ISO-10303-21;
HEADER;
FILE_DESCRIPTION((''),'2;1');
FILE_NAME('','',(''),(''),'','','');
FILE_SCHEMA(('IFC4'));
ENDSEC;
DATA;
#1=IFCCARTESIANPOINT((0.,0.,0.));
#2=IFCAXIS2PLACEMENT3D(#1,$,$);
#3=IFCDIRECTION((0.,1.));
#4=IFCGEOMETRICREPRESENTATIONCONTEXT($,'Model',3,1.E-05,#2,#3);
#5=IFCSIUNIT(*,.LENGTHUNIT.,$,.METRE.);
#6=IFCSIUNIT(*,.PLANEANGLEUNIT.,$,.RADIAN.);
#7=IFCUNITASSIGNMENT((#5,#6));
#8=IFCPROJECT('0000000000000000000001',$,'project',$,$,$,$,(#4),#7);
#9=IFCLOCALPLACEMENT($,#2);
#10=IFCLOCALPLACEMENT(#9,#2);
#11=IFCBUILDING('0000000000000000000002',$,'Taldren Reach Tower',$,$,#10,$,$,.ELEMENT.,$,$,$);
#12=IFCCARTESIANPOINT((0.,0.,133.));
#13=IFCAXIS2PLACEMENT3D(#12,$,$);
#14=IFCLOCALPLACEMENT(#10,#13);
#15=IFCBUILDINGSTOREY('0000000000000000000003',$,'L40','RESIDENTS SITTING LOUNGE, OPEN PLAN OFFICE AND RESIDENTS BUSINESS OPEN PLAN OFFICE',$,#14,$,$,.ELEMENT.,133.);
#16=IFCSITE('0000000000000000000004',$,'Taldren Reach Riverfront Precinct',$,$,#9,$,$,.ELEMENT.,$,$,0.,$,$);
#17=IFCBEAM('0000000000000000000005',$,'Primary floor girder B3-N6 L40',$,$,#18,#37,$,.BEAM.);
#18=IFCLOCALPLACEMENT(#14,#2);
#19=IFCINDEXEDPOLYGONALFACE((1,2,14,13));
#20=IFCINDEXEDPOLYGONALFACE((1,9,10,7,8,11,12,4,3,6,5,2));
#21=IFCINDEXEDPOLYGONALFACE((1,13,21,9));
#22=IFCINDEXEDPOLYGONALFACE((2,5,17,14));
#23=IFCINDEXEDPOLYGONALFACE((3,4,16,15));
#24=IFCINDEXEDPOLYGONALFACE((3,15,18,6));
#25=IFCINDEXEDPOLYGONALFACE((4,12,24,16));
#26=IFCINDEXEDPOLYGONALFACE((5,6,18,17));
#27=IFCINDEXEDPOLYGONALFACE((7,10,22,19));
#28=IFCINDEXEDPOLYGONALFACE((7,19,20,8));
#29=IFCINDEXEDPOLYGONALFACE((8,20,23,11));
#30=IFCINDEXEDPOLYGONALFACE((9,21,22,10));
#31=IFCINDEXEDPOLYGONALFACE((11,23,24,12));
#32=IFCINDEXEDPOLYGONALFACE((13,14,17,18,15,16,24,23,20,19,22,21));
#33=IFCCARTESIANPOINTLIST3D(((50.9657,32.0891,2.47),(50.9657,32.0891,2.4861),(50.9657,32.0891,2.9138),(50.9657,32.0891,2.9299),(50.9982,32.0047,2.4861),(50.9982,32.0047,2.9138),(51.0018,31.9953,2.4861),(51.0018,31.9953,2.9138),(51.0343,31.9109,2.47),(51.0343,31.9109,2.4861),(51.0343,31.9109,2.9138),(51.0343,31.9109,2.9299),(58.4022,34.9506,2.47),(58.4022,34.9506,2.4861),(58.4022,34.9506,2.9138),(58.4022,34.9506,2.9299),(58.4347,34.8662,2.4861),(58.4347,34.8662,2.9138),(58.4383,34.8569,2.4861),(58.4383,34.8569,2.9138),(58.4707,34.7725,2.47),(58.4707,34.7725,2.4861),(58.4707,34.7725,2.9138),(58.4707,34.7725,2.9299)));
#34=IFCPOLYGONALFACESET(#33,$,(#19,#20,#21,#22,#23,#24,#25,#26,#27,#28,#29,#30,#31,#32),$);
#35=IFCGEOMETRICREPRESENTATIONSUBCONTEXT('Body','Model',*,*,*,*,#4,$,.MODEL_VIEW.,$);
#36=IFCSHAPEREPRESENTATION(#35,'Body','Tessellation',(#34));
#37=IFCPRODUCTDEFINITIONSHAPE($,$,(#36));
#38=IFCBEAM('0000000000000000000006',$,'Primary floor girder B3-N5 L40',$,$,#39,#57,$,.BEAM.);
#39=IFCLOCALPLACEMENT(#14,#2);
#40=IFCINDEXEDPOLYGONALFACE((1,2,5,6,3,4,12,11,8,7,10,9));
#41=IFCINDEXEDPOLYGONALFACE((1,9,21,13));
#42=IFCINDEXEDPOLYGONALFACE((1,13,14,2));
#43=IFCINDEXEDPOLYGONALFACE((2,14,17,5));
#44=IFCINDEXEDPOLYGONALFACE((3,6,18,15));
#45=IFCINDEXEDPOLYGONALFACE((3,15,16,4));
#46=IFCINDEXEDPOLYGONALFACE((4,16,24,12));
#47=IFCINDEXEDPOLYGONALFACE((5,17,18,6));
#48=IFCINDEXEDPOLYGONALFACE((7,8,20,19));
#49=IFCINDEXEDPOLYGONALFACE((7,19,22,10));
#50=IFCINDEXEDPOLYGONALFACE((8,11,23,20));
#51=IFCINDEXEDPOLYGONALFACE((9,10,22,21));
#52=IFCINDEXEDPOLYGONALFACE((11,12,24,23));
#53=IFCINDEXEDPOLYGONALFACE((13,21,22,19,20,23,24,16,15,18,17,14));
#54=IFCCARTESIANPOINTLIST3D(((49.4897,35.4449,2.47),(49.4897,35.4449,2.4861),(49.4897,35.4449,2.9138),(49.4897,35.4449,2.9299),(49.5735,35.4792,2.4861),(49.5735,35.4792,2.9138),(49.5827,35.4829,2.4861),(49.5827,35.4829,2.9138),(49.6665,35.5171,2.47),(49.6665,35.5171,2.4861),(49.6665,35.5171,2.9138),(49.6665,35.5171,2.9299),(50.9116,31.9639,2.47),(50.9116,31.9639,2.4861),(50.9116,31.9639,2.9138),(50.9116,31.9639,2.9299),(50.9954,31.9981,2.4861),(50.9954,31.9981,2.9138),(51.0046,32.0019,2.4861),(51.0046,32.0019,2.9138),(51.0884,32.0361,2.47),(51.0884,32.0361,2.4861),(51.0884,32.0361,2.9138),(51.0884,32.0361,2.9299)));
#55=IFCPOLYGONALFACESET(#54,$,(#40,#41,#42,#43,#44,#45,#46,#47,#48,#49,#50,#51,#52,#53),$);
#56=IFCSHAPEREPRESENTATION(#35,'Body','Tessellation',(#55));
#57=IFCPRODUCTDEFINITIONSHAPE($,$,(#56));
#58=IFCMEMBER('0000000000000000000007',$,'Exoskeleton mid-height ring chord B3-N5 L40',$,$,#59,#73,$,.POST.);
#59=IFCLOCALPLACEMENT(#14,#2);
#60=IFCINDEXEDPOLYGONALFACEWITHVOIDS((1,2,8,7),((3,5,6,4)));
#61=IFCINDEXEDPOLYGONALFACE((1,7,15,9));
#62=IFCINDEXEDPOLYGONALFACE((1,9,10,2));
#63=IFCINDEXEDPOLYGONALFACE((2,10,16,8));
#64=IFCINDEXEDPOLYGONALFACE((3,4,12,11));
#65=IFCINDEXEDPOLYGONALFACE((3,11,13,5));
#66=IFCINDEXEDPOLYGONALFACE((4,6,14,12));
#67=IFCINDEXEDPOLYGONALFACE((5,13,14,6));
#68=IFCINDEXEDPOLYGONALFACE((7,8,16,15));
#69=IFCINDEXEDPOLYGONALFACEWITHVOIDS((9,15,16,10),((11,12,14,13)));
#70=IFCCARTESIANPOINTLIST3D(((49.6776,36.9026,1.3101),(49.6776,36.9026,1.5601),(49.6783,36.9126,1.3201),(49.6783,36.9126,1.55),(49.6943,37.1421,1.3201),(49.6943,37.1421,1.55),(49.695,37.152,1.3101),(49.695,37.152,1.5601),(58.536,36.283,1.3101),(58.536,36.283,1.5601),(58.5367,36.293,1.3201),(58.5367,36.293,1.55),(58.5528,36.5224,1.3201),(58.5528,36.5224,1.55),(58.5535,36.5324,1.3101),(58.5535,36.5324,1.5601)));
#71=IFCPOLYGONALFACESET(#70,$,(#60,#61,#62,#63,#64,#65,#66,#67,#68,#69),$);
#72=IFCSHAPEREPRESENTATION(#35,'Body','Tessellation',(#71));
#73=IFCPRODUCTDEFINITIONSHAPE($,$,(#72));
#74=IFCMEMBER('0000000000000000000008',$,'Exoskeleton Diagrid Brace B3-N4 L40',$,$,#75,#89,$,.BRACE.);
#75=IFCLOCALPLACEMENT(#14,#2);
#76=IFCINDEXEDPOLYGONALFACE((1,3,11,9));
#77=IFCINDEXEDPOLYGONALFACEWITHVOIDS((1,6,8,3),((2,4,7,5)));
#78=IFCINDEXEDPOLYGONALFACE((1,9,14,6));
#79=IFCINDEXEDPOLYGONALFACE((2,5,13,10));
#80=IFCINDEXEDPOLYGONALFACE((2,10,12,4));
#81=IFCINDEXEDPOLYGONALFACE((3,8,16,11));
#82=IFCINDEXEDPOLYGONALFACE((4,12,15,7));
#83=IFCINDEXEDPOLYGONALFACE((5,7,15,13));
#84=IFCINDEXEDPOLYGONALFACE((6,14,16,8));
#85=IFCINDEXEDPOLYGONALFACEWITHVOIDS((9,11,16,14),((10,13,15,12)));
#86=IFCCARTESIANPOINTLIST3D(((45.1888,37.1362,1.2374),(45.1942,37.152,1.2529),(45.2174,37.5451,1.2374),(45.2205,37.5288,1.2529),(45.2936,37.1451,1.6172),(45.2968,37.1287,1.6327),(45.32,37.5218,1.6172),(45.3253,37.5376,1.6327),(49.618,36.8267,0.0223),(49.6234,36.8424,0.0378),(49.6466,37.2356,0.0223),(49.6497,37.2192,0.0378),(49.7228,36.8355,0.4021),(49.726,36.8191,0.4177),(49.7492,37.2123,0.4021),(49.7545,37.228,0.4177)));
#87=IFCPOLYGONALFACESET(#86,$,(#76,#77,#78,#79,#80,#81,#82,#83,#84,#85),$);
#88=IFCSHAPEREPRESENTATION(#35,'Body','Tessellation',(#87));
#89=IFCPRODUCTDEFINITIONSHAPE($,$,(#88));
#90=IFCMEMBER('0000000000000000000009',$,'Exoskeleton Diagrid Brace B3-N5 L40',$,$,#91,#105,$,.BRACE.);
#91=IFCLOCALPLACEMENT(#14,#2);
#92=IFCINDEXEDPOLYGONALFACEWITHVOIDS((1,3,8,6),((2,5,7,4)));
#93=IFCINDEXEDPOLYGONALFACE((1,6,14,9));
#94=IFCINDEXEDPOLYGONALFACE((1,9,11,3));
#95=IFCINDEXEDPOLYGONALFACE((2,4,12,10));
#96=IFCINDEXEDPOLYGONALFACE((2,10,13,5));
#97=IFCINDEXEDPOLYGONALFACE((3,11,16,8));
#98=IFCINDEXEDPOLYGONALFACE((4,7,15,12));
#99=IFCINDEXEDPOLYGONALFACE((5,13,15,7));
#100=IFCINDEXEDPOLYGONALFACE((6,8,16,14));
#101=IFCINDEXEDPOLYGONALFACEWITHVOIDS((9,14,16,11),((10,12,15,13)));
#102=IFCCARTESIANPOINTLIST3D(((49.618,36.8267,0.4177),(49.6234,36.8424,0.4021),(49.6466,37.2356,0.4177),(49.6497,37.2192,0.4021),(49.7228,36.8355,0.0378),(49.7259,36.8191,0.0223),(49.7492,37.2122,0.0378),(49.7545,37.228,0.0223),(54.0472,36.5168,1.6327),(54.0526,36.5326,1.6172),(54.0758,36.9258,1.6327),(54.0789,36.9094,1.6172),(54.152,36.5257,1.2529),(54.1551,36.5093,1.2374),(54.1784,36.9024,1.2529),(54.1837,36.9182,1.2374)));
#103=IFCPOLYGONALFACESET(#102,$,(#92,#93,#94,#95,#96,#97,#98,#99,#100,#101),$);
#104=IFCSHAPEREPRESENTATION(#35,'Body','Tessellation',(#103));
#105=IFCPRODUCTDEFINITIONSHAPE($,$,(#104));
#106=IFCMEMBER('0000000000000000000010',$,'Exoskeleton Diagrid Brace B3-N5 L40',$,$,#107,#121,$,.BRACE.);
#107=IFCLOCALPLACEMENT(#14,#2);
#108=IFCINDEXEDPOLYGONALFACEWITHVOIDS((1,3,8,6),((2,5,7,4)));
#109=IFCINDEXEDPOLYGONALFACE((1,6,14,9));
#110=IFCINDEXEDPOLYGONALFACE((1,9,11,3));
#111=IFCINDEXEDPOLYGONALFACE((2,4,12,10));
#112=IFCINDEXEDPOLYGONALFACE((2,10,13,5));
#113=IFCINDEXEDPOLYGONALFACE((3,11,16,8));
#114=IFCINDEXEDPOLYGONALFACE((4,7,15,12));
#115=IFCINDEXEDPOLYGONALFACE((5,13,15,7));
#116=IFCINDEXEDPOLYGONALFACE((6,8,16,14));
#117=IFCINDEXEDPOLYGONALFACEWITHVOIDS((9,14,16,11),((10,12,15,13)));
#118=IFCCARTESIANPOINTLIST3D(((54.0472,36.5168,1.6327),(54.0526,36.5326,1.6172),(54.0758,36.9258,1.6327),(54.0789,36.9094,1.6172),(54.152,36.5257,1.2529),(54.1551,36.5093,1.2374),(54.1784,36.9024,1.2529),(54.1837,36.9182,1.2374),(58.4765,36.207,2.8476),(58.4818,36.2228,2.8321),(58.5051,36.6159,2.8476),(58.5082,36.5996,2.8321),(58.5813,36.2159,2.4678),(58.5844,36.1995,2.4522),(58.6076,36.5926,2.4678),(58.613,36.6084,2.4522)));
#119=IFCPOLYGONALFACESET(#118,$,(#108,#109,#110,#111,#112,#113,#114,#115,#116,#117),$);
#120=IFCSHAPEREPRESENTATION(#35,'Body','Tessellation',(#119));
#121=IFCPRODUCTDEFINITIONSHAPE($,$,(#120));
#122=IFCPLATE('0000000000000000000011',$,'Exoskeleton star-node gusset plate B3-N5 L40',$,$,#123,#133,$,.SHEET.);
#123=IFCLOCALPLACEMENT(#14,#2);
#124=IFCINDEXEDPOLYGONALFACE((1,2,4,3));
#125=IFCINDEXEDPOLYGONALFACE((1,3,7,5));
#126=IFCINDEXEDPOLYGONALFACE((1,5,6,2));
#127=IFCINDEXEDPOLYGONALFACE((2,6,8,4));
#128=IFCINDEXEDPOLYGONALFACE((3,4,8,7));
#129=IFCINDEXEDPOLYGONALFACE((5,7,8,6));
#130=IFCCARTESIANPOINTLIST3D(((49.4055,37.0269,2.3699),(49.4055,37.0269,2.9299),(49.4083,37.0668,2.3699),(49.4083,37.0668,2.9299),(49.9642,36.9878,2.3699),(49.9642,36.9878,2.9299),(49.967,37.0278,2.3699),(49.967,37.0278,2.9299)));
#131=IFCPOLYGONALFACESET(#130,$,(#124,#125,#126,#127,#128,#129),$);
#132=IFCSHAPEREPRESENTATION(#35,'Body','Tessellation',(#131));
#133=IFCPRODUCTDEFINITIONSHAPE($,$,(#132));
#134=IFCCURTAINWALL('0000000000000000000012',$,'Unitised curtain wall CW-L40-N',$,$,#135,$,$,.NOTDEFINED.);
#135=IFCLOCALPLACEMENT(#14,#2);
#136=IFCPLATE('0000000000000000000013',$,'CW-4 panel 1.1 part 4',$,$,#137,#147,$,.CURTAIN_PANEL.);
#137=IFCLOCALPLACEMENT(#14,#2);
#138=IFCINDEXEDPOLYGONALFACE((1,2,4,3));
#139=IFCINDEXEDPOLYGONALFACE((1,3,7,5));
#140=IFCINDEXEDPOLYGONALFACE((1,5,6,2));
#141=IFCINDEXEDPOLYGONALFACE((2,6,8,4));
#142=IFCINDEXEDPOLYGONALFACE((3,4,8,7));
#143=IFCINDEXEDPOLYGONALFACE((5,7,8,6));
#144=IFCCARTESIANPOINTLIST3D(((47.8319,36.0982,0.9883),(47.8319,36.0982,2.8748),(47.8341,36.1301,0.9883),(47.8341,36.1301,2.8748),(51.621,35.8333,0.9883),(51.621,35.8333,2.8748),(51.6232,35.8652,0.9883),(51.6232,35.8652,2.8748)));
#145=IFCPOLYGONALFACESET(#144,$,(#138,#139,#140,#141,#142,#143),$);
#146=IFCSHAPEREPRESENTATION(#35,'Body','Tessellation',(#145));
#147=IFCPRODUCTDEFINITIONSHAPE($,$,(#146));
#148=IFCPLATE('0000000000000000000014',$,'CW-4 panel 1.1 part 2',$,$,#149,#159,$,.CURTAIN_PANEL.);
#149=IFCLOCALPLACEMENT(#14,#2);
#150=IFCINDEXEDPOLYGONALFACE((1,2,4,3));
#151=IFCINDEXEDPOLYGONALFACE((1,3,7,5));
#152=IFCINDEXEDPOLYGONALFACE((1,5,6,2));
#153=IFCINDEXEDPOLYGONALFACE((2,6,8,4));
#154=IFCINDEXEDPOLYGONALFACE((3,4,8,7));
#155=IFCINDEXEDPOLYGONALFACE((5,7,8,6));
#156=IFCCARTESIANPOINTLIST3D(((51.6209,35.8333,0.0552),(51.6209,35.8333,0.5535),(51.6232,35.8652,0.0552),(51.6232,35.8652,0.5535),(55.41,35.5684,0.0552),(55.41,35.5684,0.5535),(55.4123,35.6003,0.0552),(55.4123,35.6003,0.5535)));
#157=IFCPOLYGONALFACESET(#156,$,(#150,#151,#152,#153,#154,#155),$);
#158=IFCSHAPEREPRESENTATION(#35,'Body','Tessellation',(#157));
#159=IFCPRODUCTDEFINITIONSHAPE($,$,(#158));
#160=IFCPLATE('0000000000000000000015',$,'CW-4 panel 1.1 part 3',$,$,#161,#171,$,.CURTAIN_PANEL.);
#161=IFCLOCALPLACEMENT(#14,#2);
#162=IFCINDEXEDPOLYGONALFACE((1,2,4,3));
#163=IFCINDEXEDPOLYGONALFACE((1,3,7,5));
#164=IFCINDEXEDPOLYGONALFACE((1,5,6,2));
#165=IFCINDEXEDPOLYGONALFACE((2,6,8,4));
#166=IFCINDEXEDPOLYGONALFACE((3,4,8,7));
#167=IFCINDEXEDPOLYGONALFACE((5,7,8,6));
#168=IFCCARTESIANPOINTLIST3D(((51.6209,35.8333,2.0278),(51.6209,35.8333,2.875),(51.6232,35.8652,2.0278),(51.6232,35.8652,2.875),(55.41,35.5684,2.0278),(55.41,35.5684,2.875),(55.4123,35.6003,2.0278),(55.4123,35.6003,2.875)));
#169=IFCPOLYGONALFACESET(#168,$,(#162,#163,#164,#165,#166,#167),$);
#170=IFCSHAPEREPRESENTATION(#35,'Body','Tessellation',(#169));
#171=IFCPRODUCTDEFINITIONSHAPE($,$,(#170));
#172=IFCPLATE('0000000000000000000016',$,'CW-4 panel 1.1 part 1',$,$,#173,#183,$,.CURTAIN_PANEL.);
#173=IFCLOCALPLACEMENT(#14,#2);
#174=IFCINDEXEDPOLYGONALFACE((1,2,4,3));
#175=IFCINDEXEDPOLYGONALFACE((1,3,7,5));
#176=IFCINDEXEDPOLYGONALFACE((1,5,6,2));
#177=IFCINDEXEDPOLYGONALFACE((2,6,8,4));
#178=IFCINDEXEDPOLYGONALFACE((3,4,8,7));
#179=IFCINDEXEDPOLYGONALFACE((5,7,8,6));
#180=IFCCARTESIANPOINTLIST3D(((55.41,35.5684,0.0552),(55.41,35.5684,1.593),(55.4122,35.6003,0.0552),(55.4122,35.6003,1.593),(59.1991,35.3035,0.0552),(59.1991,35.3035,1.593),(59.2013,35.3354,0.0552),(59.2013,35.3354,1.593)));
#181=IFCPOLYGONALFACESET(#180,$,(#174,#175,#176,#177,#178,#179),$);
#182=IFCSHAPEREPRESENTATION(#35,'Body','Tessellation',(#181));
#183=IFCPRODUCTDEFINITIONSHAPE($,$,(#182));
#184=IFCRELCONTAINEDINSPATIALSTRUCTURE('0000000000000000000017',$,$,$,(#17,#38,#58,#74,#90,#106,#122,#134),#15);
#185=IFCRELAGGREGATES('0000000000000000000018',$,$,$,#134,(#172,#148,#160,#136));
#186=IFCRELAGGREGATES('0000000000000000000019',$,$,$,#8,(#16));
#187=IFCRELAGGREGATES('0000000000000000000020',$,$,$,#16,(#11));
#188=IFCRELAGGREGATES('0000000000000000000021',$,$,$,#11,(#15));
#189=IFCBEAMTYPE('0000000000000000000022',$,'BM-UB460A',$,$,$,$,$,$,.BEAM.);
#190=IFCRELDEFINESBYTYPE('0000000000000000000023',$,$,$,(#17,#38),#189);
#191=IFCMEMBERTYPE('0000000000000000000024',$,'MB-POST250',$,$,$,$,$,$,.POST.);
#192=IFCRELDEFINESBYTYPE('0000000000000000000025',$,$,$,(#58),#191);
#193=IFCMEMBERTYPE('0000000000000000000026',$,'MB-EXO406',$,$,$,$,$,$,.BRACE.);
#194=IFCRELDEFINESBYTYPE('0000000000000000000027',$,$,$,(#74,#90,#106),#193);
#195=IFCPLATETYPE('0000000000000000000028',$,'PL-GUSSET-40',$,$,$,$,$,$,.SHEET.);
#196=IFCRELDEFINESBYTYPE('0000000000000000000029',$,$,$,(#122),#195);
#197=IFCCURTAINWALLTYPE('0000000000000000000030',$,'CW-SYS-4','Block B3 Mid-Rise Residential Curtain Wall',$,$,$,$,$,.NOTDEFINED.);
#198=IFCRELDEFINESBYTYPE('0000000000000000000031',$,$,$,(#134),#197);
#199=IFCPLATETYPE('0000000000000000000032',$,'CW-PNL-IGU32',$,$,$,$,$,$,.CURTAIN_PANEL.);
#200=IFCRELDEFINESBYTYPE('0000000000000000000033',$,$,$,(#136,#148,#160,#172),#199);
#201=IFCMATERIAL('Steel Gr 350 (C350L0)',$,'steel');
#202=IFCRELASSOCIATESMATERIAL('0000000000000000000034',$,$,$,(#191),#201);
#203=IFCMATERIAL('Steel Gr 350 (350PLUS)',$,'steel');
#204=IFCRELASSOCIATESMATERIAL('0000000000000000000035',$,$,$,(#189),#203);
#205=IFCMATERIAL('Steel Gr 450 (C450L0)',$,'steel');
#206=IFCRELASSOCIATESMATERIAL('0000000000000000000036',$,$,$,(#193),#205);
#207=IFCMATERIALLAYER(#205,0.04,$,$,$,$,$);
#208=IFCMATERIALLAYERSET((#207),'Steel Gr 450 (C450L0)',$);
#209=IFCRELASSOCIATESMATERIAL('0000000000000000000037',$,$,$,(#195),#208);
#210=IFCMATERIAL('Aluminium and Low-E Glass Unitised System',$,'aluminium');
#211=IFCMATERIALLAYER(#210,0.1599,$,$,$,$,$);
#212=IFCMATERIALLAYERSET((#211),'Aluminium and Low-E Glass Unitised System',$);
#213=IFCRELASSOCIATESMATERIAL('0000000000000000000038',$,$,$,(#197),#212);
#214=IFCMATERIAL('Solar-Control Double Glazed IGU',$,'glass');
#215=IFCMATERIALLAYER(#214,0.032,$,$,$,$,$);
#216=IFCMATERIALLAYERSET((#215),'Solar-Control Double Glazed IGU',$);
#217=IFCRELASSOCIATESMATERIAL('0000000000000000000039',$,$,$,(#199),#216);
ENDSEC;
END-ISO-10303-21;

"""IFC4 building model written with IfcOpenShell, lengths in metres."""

from ifc_helpers import new_model, si_unit, direction, frame, origin, origin_2d, place, context, subcontext, project, spatial, rectangle, hollow_rectangle, i_section, extrude, source, transform, mapped, material, layer, layer_set, material_profile, profile_set, type_object, element, aggregate, save


model = new_model("IFC4")

# Units and contexts
model_context = context("Model", 3, precision=1e-05, world=origin(), true_north=direction((0.0, 1.0)))
body_context = subcontext(model_context, "Body", "Model", "MODEL_VIEW")
ifc_project = project(units=[si_unit("LENGTHUNIT", "METRE"), si_unit("PLANEANGLEUNIT", "RADIAN")], contexts=[model_context])

# Site, building, storey
site_placement = place(None, origin())
site = spatial("IfcSite", under=ifc_project, at=site_placement, Name="Taldren Reach Riverfront Precinct", CompositionType="ELEMENT", RefElevation=0.0)
building_placement = place(site_placement, origin())
building = spatial("IfcBuilding", under=site, at=building_placement, Name="Taldren Reach Tower", CompositionType="ELEMENT")
storey_placement = place(building_placement, frame((0.0, 0.0, 133.0)))
storey = spatial("IfcBuildingStorey", under=building, at=storey_placement, Name="L40", Description="RESIDENTS SITTING LOUNGE, OPEN PLAN OFFICE AND RESIDENTS BUSINESS OPEN PLAN OFFICE", CompositionType="ELEMENT", Elevation=133.0)

# Shared definitions
ifc_material_1 = material(Name="Steel Gr 450 (C450L0)", Category="steel")
ifc_material_2 = material(Name="Steel Gr 350 (350PLUS)", Category="steel")

# Shared definitions
ifc_material_3 = material(Name="Steel Gr 350 (C350L0)", Category="steel")
ifc_material_profile_1 = material_profile(ifc_material_3, hollow_rectangle(XDim=0.25, YDim=0.25, WallThickness=0.01, at=origin_2d()), Name="250x250x10.0SHS")
ifc_profile_set_1 = profile_set([ifc_material_profile_1], Name="Steel Gr 350 (C350L0)")
member_type_1 = type_object("IfcMemberType", Name="MB-POST250", PredefinedType="POST", material=ifc_profile_set_1)

# Beams
ifc_material_profile_2 = material_profile(ifc_material_2, i_section(OverallWidth=0.1909, OverallDepth=0.46, WebThickness=0.01, FlangeThickness=0.0161, at=origin_2d()), Name="460UB82.1")
ifc_profile_set_2 = profile_set([ifc_material_profile_2], Name="Steel Gr 350 (350PLUS)")
beam_type_1 = type_object("IfcBeamType", Name="BM-UB460A", PredefinedType="BEAM", material=ifc_profile_set_2)
shared_shape_1 = source(origin(), body_context, "Body", "SweptSolid", [
    extrude(i_section(OverallWidth=0.1909, OverallDepth=0.46, WebThickness=0.01, FlangeThickness=0.0161, at=origin_2d()), origin(), (0.0, 0.0, 1.0), 7.968),
])
beam_1_placement = place(storey_placement, frame((51.0, 32.0, 2.7), z_axis=(0.933288, 0.359129, 0.0), x_axis=(-0.359129, 0.933288, 0.0)))
element("IfcBeam", 1, at=beam_1_placement, inside=storey, type_object=beam_type_1, Name="Primary floor girder B3-N6 L40", PredefinedType="BEAM", context=body_context, shape_type="MappedRepresentation", body=[
    mapped(shared_shape_1, transform((0.0, 0.0, 0.0), scale=1.0)),
])
shared_shape_2 = source(origin(), body_context, "Body", "SweptSolid", [
    extrude(i_section(OverallWidth=0.1909, OverallDepth=0.46, WebThickness=0.01, FlangeThickness=0.0161, at=origin_2d()), origin(), (0.0, 0.0, 1.0), 3.7603),
])
beam_2_placement = place(storey_placement, frame((51.0, 32.0, 2.7), z_axis=(-0.378142, 0.925747, 0.0), x_axis=(-0.925747, -0.378142, 0.0)))
element("IfcBeam", 2, at=beam_2_placement, inside=storey, type_object=beam_type_1, Name="Primary floor girder B3-N5 L40", PredefinedType="BEAM", context=body_context, shape_type="MappedRepresentation", body=[
    mapped(shared_shape_2, transform((0.0, 0.0, 0.0), scale=1.0)),
])

# Members
shared_shape_3 = source(origin(), body_context, "Body", "SweptSolid", [
    extrude(hollow_rectangle(XDim=0.25, YDim=0.25, WallThickness=0.01, at=origin_2d()), origin(), (0.0, 0.0, 1.0), 8.8801),
])
member_1_placement = place(storey_placement, frame((49.6863, 37.0273, 1.4351), z_axis=(0.997563, -0.069778, 0.0), x_axis=(0.069778, 0.997563, 0.0)))
element("IfcMember", 3, at=member_1_placement, inside=storey, type_object=member_type_1, Name="Exoskeleton mid-height ring chord B3-N5 L40", PredefinedType="POST", context=body_context, shape_type="MappedRepresentation", body=[
    mapped(shared_shape_3, transform((0.0, 0.0, 0.0), scale=1.0)),
])
ifc_material_profile_3 = material_profile(ifc_material_1, hollow_rectangle(XDim=0.4099, YDim=0.4099, WallThickness=0.0161, at=origin_2d()), Name="410x410x16.0SHS")
ifc_profile_set_3 = profile_set([ifc_material_profile_3], Name="Steel Gr 450 (C450L0)")
member_type_2 = type_object("IfcMemberType", Name="MB-EXO406", PredefinedType="BRACE", material=ifc_profile_set_3)
shared_shape_4 = source(origin(), body_context, "Body", "SweptSolid", [
    extrude(hollow_rectangle(XDim=0.4099, YDim=0.4099, WallThickness=0.0161, at=origin_2d()), origin(), (0.0, 0.0, 1.0), 4.6033),
])
for number, where, z_axis, x_axis, name in (
    (4, (49.6863, 37.0273, 0.22), (-0.962186, 0.06725, 0.263962), (-0.069723, -0.997566, 0.0), "Exoskeleton Diagrid Brace B3-N4 L40"),
    (5, (49.6863, 37.0273, 0.22), (0.962182, -0.067303, 0.263961), (0.069778, 0.997563, 0.0), "Exoskeleton Diagrid Brace B3-N5 L40"),
    (6, (54.1155, 36.7175, 1.4351), (0.962196, -0.067304, 0.263912), (0.069778, 0.997563, 0.0), "Exoskeleton Diagrid Brace B3-N5 L40"),
):
    element("IfcMember", number, at=place(storey_placement, frame(where, z_axis=z_axis, x_axis=x_axis)), inside=storey, type_object=member_type_2, Name=name, PredefinedType="BRACE", context=body_context, shape_type="MappedRepresentation", body=[
        mapped(shared_shape_4, transform((0.0, 0.0, 0.0), scale=1.0)),
    ])

# Plate
ifc_layer_1 = layer(ifc_material_1, 0.04)
ifc_layer_set_1 = layer_set([ifc_layer_1], Name="Steel Gr 450 (C450L0)")
plate_type_1 = type_object("IfcPlateType", Name="PL-GUSSET-40", PredefinedType="SHEET", material=ifc_layer_set_1)
shared_shape_5 = source(origin(), body_context, "Body", "SweptSolid", [
    extrude(rectangle(XDim=0.5601, YDim=0.04, at=origin_2d()), origin(), (0.0, 0.0, 1.0), 0.5601),
])
plate_1_placement = place(storey_placement, frame((49.6863, 37.0273, 2.3699), z_axis=(0.0, 0.0, 1.0), x_axis=(0.997564, -0.069756, 0.0)))
element("IfcPlate", 7, at=plate_1_placement, inside=storey, type_object=plate_type_1, Name="Exoskeleton star-node gusset plate B3-N5 L40", PredefinedType="SHEET", context=body_context, shape_type="MappedRepresentation", body=[
    mapped(shared_shape_5, transform((0.0, 0.0, 0.0), scale=1.0)),
])

# Curtain wall, plates
ifc_material_4 = material(Name="Aluminium and Low-E Glass Unitised System", Category="aluminium")
ifc_layer_2 = layer(ifc_material_4, 0.1599)
ifc_layer_set_2 = layer_set([ifc_layer_2], Name="Aluminium and Low-E Glass Unitised System")
curtain_wall_type = type_object("IfcCurtainWallType", Name="CW-SYS-4", Description="Block B3 Mid-Rise Residential Curtain Wall", PredefinedType="NOTDEFINED", material=ifc_layer_set_2)
curtain_wall_placement = place(storey_placement, origin())
curtain_wall = element("IfcCurtainWall", 8, at=curtain_wall_placement, inside=storey, type_object=curtain_wall_type, Name="Unitised curtain wall CW-L40-N", PredefinedType="NOTDEFINED")
ifc_material_5 = material(Name="Solar-Control Double Glazed IGU", Category="glass")
ifc_layer_3 = layer(ifc_material_5, 0.032)
ifc_layer_set_3 = layer_set([ifc_layer_3], Name="Solar-Control Double Glazed IGU")
plate_type_2 = type_object("IfcPlateType", Name="CW-PNL-IGU32", PredefinedType="CURTAIN_PANEL", material=ifc_layer_set_3)
shared_shape_6 = source(origin(), body_context, "Body", "SweptSolid", [
    extrude(rectangle(XDim=3.7983, YDim=0.032, at=origin_2d()), origin(), (0.0, 0.0, 1.0), 1.8865),
])
plate_2_placement = place(storey_placement, frame((49.7275, 35.9817, 0.9883), z_axis=(0.0, 0.0, 1.0), x_axis=(-0.997564, 0.069757, 0.0)))
plate_2 = element("IfcPlate", 9, at=plate_2_placement, type_object=plate_type_2, Name="CW-4 panel 1.1 part 4", PredefinedType="CURTAIN_PANEL", context=body_context, shape_type="MappedRepresentation", body=[
    mapped(shared_shape_6, transform((0.0, 0.0, 0.0), scale=1.0)),
])
shared_shape_7 = source(origin(), body_context, "Body", "SweptSolid", [
    extrude(rectangle(XDim=3.7983, YDim=0.032, at=origin_2d()), origin(), (0.0, 0.0, 1.0), 0.4983),
])
plate_3_placement = place(storey_placement, frame((53.5166, 35.7168, 0.0552), z_axis=(0.0, 0.0, 1.0), x_axis=(-0.997564, 0.069757, 0.0)))
plate_3 = element("IfcPlate", 10, at=plate_3_placement, type_object=plate_type_2, Name="CW-4 panel 1.1 part 2", PredefinedType="CURTAIN_PANEL", context=body_context, shape_type="MappedRepresentation", body=[
    mapped(shared_shape_7, transform((0.0, 0.0, 0.0), scale=1.0)),
])
shared_shape_8 = source(origin(), body_context, "Body", "SweptSolid", [
    extrude(rectangle(XDim=3.7983, YDim=0.032, at=origin_2d()), origin(), (0.0, 0.0, 1.0), 0.8472),
])
plate_4_placement = place(storey_placement, frame((53.5166, 35.7168, 2.0278), z_axis=(0.0, 0.0, 1.0), x_axis=(-0.997564, 0.069757, 0.0)))
plate_4 = element("IfcPlate", 11, at=plate_4_placement, type_object=plate_type_2, Name="CW-4 panel 1.1 part 3", PredefinedType="CURTAIN_PANEL", context=body_context, shape_type="MappedRepresentation", body=[
    mapped(shared_shape_8, transform((0.0, 0.0, 0.0), scale=1.0)),
])
shared_shape_9 = source(origin(), body_context, "Body", "SweptSolid", [
    extrude(rectangle(XDim=3.7983, YDim=0.032, at=origin_2d()), origin(), (0.0, 0.0, 1.0), 1.5378),
])
plate_5_placement = place(storey_placement, frame((57.3057, 35.4519, 0.0552), z_axis=(0.0, 0.0, 1.0), x_axis=(-0.997564, 0.069757, 0.0)))
plate_5 = element("IfcPlate", 12, at=plate_5_placement, type_object=plate_type_2, Name="CW-4 panel 1.1 part 1", PredefinedType="CURTAIN_PANEL", context=body_context, shape_type="MappedRepresentation", body=[
    mapped(shared_shape_9, transform((0.0, 0.0, 0.0), scale=1.0)),
])
aggregate(curtain_wall, [plate_5, plate_3, plate_4, plate_2])

save(model, "model.ifc")
